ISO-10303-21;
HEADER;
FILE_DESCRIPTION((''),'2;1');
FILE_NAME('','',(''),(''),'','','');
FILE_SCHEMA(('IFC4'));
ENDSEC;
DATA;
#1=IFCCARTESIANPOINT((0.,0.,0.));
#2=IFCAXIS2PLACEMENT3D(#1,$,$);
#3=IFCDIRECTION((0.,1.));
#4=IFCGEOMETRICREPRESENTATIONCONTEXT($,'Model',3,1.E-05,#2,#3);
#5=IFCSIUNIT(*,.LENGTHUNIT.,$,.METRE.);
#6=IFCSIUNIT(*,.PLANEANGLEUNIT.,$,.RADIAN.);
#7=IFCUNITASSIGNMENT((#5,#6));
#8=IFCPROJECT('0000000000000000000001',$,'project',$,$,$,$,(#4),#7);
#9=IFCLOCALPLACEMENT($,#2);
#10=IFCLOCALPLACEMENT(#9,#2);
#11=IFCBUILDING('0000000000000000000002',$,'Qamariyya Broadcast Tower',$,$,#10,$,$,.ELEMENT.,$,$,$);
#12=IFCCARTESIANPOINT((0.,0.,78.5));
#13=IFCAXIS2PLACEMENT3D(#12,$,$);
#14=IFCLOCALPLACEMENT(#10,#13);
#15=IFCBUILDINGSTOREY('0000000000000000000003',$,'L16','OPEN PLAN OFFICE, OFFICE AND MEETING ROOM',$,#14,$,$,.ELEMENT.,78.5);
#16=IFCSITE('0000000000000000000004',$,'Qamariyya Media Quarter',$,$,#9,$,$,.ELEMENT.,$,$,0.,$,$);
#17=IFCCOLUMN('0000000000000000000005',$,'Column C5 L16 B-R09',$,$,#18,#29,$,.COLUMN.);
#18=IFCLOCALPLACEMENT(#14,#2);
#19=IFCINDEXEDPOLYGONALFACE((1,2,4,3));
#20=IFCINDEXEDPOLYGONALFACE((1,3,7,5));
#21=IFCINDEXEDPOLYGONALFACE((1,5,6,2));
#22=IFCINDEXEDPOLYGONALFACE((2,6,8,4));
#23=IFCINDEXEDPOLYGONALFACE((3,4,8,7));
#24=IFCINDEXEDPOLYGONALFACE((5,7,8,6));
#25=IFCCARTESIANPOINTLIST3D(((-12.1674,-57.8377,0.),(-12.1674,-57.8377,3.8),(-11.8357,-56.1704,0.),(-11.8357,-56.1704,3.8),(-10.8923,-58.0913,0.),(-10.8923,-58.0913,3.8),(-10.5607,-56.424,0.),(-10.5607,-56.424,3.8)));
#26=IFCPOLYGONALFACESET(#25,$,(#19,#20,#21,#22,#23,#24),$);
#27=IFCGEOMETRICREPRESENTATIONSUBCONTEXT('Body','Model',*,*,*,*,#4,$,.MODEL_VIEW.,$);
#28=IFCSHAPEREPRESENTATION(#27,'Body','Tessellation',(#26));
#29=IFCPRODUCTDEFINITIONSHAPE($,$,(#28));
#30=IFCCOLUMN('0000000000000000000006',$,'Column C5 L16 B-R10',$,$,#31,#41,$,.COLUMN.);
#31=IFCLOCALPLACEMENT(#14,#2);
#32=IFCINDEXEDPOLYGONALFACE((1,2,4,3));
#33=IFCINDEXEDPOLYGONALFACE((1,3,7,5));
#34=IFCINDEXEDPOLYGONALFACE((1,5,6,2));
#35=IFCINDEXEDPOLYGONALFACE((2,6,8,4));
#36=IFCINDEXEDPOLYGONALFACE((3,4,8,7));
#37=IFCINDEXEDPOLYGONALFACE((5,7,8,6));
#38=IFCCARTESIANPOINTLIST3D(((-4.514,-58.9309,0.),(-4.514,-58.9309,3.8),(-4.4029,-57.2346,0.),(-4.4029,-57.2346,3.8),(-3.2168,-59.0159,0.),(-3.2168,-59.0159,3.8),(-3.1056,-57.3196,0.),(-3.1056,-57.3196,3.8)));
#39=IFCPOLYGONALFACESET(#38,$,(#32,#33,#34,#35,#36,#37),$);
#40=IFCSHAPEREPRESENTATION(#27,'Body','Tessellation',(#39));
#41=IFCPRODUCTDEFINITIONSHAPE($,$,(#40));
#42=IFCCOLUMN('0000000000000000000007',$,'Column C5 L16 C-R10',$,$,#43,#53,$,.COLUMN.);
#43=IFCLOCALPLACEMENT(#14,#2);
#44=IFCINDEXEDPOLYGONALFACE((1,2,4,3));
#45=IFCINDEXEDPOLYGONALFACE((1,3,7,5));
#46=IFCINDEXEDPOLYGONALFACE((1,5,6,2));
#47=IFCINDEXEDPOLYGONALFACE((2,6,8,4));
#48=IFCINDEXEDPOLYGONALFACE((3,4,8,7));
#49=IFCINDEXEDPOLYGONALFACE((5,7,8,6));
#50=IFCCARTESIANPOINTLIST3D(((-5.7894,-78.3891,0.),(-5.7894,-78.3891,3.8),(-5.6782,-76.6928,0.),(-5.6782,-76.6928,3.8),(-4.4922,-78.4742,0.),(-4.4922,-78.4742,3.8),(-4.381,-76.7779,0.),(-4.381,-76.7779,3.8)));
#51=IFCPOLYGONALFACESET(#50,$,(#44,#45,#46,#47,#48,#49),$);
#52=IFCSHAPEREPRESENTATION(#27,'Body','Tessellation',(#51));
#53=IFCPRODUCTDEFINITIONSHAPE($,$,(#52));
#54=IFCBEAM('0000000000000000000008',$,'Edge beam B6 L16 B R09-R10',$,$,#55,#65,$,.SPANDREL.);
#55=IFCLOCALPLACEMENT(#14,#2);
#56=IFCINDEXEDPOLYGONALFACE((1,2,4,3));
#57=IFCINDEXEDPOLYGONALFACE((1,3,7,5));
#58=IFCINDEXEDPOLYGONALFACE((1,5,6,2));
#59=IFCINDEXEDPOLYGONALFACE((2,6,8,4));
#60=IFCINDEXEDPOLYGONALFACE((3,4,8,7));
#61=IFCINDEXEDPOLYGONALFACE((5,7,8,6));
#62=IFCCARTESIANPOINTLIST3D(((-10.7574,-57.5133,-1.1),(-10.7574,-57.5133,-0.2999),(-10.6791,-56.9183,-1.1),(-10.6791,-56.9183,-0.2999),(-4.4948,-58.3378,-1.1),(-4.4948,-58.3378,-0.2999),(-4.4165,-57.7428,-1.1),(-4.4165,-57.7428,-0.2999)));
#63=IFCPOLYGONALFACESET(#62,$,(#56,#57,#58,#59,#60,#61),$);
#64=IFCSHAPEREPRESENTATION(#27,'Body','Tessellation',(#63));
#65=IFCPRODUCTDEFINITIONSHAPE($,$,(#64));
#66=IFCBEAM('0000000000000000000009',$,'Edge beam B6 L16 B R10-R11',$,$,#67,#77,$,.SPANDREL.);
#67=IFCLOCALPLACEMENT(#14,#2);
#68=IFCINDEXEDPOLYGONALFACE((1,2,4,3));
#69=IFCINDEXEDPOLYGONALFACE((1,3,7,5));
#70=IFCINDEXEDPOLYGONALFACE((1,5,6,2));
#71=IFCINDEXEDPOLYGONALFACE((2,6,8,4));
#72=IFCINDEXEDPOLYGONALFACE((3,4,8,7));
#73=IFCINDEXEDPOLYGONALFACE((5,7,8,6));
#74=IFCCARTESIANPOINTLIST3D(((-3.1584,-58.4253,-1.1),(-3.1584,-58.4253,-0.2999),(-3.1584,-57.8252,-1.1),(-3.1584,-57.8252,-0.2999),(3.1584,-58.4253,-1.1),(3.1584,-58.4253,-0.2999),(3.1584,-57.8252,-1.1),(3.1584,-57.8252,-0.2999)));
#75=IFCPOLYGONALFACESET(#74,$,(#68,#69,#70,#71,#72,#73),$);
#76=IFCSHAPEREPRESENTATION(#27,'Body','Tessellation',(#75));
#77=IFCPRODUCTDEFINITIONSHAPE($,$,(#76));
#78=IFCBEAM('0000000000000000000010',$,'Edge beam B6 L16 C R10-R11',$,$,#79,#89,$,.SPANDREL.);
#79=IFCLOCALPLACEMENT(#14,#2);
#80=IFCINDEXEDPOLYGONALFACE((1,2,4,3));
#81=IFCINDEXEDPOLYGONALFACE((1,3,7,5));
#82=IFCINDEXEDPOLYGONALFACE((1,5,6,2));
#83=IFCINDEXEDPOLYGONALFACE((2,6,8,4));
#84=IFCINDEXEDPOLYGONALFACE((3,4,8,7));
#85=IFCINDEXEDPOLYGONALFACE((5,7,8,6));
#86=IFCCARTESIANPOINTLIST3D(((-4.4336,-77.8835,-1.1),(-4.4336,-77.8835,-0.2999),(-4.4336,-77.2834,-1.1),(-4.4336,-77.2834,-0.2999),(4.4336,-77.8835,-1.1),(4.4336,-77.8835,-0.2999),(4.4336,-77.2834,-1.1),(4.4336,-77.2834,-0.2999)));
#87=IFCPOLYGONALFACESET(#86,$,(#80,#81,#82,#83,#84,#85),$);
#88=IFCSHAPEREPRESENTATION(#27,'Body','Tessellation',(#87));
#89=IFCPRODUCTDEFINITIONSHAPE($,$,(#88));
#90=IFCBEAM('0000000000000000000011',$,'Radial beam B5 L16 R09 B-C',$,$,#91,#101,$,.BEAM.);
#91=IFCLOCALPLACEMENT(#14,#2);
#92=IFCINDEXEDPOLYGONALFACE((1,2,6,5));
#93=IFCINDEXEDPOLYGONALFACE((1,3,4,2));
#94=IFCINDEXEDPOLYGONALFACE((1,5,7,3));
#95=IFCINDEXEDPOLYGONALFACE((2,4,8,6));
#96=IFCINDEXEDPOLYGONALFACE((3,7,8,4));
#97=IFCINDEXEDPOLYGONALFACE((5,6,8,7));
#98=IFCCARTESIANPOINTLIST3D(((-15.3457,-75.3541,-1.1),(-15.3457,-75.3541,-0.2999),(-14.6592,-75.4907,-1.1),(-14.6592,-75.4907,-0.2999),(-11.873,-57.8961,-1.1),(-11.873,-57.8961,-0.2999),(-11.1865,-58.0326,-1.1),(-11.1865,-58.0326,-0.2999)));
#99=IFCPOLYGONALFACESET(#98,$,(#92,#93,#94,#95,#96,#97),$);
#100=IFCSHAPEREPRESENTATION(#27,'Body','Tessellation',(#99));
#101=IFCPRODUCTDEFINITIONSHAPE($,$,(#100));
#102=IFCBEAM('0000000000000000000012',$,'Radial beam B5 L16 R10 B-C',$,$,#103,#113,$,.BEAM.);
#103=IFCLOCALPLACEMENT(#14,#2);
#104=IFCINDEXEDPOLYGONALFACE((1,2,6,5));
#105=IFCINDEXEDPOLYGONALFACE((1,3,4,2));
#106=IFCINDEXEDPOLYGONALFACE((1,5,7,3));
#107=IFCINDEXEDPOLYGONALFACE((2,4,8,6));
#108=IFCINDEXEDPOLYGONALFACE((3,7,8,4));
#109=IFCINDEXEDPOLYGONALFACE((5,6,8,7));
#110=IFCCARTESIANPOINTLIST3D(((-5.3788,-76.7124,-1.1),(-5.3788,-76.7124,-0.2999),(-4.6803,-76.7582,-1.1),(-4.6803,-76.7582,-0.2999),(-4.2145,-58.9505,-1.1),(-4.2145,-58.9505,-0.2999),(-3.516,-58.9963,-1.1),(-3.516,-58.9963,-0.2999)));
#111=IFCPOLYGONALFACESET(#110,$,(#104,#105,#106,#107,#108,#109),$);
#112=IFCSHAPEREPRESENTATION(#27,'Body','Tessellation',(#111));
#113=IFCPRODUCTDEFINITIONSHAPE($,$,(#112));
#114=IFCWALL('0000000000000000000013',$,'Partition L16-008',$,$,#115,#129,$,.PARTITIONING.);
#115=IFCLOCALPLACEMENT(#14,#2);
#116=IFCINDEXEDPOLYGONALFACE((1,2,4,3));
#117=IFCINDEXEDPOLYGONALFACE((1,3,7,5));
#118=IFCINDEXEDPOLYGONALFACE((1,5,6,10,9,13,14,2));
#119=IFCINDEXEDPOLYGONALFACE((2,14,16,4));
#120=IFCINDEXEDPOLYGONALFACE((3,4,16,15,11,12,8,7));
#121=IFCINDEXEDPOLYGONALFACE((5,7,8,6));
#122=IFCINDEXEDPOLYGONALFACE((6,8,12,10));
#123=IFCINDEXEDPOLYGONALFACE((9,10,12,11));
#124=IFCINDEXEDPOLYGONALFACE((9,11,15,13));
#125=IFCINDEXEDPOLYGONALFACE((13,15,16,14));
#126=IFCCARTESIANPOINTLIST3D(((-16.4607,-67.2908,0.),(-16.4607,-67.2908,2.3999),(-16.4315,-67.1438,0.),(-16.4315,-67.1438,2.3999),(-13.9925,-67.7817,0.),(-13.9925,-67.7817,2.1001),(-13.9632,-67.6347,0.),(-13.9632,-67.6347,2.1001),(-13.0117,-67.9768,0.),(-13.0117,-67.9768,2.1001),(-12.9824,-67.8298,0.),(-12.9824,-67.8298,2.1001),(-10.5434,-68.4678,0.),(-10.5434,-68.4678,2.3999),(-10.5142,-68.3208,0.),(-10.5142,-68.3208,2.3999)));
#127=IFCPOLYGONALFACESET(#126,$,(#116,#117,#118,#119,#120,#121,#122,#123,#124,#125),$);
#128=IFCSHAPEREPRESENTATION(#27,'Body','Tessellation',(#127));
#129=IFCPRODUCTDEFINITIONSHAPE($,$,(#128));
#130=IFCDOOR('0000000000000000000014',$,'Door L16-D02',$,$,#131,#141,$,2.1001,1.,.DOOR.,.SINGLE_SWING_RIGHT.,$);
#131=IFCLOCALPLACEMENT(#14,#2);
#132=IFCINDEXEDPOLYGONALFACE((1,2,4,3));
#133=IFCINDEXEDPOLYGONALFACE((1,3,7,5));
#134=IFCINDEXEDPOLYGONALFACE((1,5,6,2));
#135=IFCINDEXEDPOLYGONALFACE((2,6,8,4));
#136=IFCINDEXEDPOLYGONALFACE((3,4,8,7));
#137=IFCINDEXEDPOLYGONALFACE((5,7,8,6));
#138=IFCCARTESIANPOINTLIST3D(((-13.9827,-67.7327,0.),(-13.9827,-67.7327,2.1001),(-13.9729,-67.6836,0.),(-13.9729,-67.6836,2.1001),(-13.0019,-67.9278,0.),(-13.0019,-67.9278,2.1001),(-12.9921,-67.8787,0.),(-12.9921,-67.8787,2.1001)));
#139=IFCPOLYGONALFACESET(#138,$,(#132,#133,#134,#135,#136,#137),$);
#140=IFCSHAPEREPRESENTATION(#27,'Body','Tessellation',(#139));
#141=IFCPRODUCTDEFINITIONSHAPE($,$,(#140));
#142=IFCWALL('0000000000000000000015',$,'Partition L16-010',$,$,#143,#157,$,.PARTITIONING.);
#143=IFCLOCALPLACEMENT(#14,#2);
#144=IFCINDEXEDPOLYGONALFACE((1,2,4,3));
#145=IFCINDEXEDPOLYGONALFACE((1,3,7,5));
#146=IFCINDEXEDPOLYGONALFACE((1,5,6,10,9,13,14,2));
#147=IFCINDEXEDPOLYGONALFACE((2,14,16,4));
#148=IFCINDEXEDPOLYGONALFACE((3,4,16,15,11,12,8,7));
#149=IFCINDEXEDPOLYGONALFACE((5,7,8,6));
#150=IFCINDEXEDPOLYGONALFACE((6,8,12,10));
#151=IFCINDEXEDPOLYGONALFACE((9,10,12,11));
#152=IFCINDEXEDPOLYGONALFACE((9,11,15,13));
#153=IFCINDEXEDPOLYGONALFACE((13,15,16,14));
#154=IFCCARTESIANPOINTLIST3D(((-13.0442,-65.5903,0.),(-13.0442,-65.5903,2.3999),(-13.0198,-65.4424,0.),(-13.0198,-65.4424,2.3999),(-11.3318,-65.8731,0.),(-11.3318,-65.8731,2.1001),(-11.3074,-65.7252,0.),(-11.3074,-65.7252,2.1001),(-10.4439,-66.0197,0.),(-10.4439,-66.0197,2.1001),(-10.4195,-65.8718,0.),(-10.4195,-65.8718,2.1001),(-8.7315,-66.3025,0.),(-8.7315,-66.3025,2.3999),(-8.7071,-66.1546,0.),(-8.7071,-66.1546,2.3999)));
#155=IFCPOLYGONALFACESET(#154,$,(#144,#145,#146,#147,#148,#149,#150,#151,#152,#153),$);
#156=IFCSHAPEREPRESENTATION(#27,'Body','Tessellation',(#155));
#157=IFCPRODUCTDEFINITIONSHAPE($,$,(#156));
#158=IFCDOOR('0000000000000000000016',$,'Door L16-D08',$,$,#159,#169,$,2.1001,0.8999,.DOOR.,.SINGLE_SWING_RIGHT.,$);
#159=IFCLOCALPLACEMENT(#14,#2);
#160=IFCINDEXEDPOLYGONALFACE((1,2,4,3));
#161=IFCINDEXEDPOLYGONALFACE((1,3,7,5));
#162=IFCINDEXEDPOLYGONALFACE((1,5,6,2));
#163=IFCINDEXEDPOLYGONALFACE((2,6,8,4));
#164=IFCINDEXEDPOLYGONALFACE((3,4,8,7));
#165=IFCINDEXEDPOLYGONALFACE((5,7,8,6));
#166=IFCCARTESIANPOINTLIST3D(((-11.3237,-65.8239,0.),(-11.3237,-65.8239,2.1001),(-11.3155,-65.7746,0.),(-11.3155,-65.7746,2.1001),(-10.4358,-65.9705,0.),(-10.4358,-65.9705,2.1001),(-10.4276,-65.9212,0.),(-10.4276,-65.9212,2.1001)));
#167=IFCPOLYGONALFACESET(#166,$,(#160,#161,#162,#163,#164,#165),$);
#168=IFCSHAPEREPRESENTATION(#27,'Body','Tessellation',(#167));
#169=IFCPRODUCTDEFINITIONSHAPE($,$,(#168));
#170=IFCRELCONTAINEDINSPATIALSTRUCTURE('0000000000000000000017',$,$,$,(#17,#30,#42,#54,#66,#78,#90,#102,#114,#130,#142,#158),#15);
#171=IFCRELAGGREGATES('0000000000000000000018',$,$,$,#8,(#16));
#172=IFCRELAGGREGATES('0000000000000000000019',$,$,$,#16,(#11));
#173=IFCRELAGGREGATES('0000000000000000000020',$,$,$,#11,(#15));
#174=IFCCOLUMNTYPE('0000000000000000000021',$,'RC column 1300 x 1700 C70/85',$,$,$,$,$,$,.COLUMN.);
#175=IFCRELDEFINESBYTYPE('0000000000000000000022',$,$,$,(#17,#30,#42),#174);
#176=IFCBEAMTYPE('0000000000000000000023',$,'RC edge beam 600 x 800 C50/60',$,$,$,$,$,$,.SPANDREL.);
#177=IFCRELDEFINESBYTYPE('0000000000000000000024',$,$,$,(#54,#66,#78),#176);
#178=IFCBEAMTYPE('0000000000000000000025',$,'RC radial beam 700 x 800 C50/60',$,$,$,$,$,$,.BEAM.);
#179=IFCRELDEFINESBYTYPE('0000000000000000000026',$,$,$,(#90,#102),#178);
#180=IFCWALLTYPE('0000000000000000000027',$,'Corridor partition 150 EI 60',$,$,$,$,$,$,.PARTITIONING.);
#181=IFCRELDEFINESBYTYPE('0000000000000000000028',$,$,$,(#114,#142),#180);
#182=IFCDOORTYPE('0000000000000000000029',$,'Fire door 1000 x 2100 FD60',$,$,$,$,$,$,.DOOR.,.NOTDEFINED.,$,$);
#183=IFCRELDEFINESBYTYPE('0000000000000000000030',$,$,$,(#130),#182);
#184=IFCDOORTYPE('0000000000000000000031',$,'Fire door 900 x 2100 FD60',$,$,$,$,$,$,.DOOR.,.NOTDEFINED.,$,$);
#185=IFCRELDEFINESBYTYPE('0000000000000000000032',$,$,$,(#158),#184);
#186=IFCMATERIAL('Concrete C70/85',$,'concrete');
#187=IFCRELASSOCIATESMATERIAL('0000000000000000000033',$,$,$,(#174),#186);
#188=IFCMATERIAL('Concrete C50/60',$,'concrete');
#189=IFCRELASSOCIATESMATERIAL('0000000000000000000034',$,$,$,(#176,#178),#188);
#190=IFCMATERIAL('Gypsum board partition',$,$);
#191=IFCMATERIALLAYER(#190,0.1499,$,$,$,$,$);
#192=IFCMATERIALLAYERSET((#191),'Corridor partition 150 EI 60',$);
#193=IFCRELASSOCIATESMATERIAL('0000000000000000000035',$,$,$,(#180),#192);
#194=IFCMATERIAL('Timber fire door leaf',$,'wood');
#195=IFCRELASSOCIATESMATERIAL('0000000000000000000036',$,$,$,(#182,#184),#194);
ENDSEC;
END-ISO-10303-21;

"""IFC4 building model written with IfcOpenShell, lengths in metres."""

from ifc_helpers import new_model, si_unit, direction, frame, frame_2d, origin, origin_2d, place, context, subcontext, project, spatial, rectangle, extrude, material, layer, layer_set, material_profile, profile_set, type_object, element, fill, save


model = new_model("IFC4")

# Units and contexts
model_context = context("Model", 3, precision=1e-05, world=origin(), true_north=direction((0.0, 1.0)))
body_context = subcontext(model_context, "Body", "Model", "MODEL_VIEW")
ifc_project = project(units=[si_unit("LENGTHUNIT", "METRE"), si_unit("PLANEANGLEUNIT", "RADIAN")], contexts=[model_context])

# Site, building, storey
site_placement = place(None, origin())
site = spatial("IfcSite", under=ifc_project, at=site_placement, Name="Qamariyya Media Quarter", CompositionType="ELEMENT", RefElevation=0.0)
building_placement = place(site_placement, origin())
building = spatial("IfcBuilding", under=site, at=building_placement, Name="Qamariyya Broadcast Tower", CompositionType="ELEMENT")
storey_placement = place(building_placement, frame((0.0, 0.0, 78.5)))
storey = spatial("IfcBuildingStorey", under=building, at=storey_placement, Name="L16", Description="OPEN PLAN OFFICE, OFFICE AND MEETING ROOM", CompositionType="ELEMENT", Elevation=78.5)

# Columns
ifc_material_1 = material(Name="Concrete C70/85", Category="concrete")
ifc_material_profile_1 = material_profile(ifc_material_1, rectangle(XDim=1.3, YDim=1.7, at=origin_2d()))
ifc_profile_set_1 = profile_set([ifc_material_profile_1], Name="Concrete C70/85")
column_type = type_object("IfcColumnType", Name="RC column 1300 x 1700 C70/85", PredefinedType="COLUMN", material=ifc_profile_set_1)
for number, where, z_axis, x_axis, name in (
    (1, (-11.364, -57.1309, 0.0), (0.0, 0.0, 1.0), (0.980785, -0.19509, 0.0), "Column C5 L16 B-R09"),
    (2, (-3.8098, -58.1252, 0.0), (0.0, 0.0, 1.0), (0.997859, -0.065403, 0.0), "Column C5 L16 B-R10"),
    (3, (-5.0852, -77.5835, 0.0), (0.0, 0.0, 1.0), (0.997859, -0.065403, 0.0), "Column C5 L16 C-R10"),
):
    element("IfcColumn", number, at=place(storey_placement, frame(where, z_axis=z_axis, x_axis=x_axis)), inside=storey, type_object=column_type, Name=name, PredefinedType="COLUMN", context=body_context, shape_type="SweptSolid", body=[
        extrude(rectangle(XDim=1.3, YDim=1.7, at=origin_2d()), origin(), (0.0, 0.0, 1.0), 3.8),
    ])

# Beams
ifc_material_2 = material(Name="Concrete C50/60", Category="concrete")
ifc_material_profile_2 = material_profile(ifc_material_2, rectangle(XDim=0.6001, YDim=0.8, at=origin_2d()))
ifc_profile_set_2 = profile_set([ifc_material_profile_2], Name="Concrete C50/60")
beam_type_1 = type_object("IfcBeamType", Name="RC edge beam 600 x 800 C50/60", PredefinedType="SPANDREL", material=ifc_profile_set_2)
beam_1_placement = place(storey_placement, frame((-10.7183, -57.2158, -0.7), z_axis=(0.991446, -0.13052, 0.0), x_axis=(0.13052, 0.991446, 0.0)))
element("IfcBeam", 4, at=beam_1_placement, inside=storey, type_object=beam_type_1, Name="Edge beam B6 L16 B R09-R10", PredefinedType="SPANDREL", context=body_context, shape_type="SweptSolid", body=[
    extrude(rectangle(XDim=0.6001, YDim=0.8, at=origin_2d()), origin(), (0.0, 0.0, 1.0), 6.3167),
])
beam_2_placement = place(storey_placement, frame((-3.1584, -58.1252, -0.7), z_axis=(1.0, 0.0, 0.0), x_axis=(0.0, 1.0, 0.0)))
element("IfcBeam", 5, at=beam_2_placement, inside=storey, type_object=beam_type_1, Name="Edge beam B6 L16 B R10-R11", PredefinedType="SPANDREL", context=body_context, shape_type="SweptSolid", body=[
    extrude(rectangle(XDim=0.6001, YDim=0.8, at=origin_2d()), origin(), (0.0, 0.0, 1.0), 6.3169),
])
beam_3_placement = place(storey_placement, frame((-4.4336, -77.5835, -0.7), z_axis=(1.0, 0.0, 0.0), x_axis=(0.0, 1.0, 0.0)))
element("IfcBeam", 6, at=beam_3_placement, inside=storey, type_object=beam_type_1, Name="Edge beam B6 L16 C R10-R11", PredefinedType="SPANDREL", context=body_context, shape_type="SweptSolid", body=[
    extrude(rectangle(XDim=0.6001, YDim=0.8, at=origin_2d()), origin(), (0.0, 0.0, 1.0), 8.8672),
])
ifc_material_profile_3 = material_profile(ifc_material_2, rectangle(XDim=0.7, YDim=0.8, at=origin_2d()))
ifc_profile_set_3 = profile_set([ifc_material_profile_3], Name="Concrete C50/60")
beam_type_2 = type_object("IfcBeamType", Name="RC radial beam 700 x 800 C50/60", PredefinedType="BEAM", material=ifc_profile_set_3)
for number, where, z_axis, x_axis, name in (
    (7, (-11.5298, -57.9644, -0.7), (-0.195093, -0.980785, 0.0), (0.980785, -0.195093, 0.0), "Radial beam B5 L16 R09 B-C"),
    (8, (-3.8652, -58.9734, -0.7), (-0.06541, -0.997858, 0.0), (0.997858, -0.06541, 0.0), "Radial beam B5 L16 R10 B-C"),
):
    element("IfcBeam", number, at=place(storey_placement, frame(where, z_axis=z_axis, x_axis=x_axis)), inside=storey, type_object=beam_type_2, Name=name, PredefinedType="BEAM", context=body_context, shape_type="SweptSolid", body=[
        extrude(rectangle(XDim=0.7, YDim=0.8, at=origin_2d()), origin(), (0.0, 0.0, 1.0), 17.8),
    ])

# Walls, openings, doors
ifc_material_3 = material(Name="Gypsum board partition")
ifc_layer_1 = layer(ifc_material_3, 0.1499)
ifc_layer_set_1 = layer_set([ifc_layer_1], Name="Corridor partition 150 EI 60")
wall_type_1 = type_object("IfcWallType", Name="Corridor partition 150 EI 60", PredefinedType="PARTITIONING", material=ifc_layer_set_1)
wall_1_placement = place(storey_placement, frame((-10.5288, -68.3943, 0.0), z_axis=(0.0, 0.0, 1.0), x_axis=(-0.980786, 0.195089, 0.0)))
wall_1 = element("IfcWall", 9, at=wall_1_placement, inside=storey, type_object=wall_type_1, Name="Partition L16-008", PredefinedType="PARTITIONING", context=body_context, shape_type="SweptSolid", body=[
    extrude(rectangle(XDim=6.0332, YDim=0.1499, at=frame_2d((3.0166, 0.0))), origin(), (0.0, 0.0, 1.0), 2.3999),
])
opening_1_placement = place(wall_1_placement, frame((2.5166, 0.0, 0.0)))
opening_1 = element("IfcOpeningElement", 10, at=opening_1_placement, cuts=wall_1, PredefinedType="OPENING", context=body_context, shape_type="SweptSolid", body=[
    extrude(rectangle(XDim=1.0, YDim=2.1001, at=frame_2d((0.5, 1.05))), frame((0.0, 0.085, 0.0), z_axis=(0.0, -1.0, 0.0), x_axis=(1.0, 0.0, 0.0)), (0.0, 0.0, 1.0), 0.1699),
])
ifc_material_4 = material(Name="Timber fire door leaf", Category="wood")
door_type_1 = type_object("IfcDoorType", Name="Fire door 1000 x 2100 FD60", OperationType="NOTDEFINED", PredefinedType="DOOR", material=ifc_material_4)
door_1_placement = place(opening_1_placement, origin())
door_1 = element("IfcDoor", 11, at=door_1_placement, inside=storey, type_object=door_type_1, Name="Door L16-D02", OperationType="SINGLE_SWING_RIGHT", OverallHeight=2.1001, OverallWidth=1.0, PredefinedType="DOOR", context=body_context, shape_type="SweptSolid", body=[
    extrude(rectangle(XDim=1.0, YDim=2.1001, at=frame_2d((0.5, 1.05))), frame((0.0, 0.0249, 0.0), z_axis=(0.0, -1.0, 0.0), x_axis=(1.0, 0.0, 0.0)), (0.0, 0.0, 1.0), 0.05),
])
fill(opening_1, door_1)
wall_2_placement = place(storey_placement, frame((-13.032, -65.5164, 0.0), z_axis=(0.0, 0.0, 1.0), x_axis=(0.986639, -0.162922, 0.0)))
wall_2 = element("IfcWall", 12, at=wall_2_placement, inside=storey, type_object=wall_type_1, Name="Partition L16-010", PredefinedType="PARTITIONING", context=body_context, shape_type="SweptSolid", body=[
    extrude(rectangle(XDim=4.3711, YDim=0.1499, at=frame_2d((2.1855, 0.0))), origin(), (0.0, 0.0, 1.0), 2.3999),
])
opening_2_placement = place(wall_2_placement, frame((1.7356, 0.0, 0.0)))
opening_2 = element("IfcOpeningElement", 13, at=opening_2_placement, cuts=wall_2, PredefinedType="OPENING", context=body_context, shape_type="SweptSolid", body=[
    extrude(rectangle(XDim=0.8999, YDim=2.1001, at=frame_2d((0.45, 1.05))), frame((0.0, 0.085, 0.0), z_axis=(0.0, -1.0, 0.0), x_axis=(1.0, 0.0, 0.0)), (0.0, 0.0, 1.0), 0.1699),
])
door_type_2 = type_object("IfcDoorType", Name="Fire door 900 x 2100 FD60", OperationType="NOTDEFINED", PredefinedType="DOOR", material=ifc_material_4)
door_2_placement = place(opening_2_placement, origin())
door_2 = element("IfcDoor", 14, at=door_2_placement, inside=storey, type_object=door_type_2, Name="Door L16-D08", OperationType="SINGLE_SWING_RIGHT", OverallHeight=2.1001, OverallWidth=0.8999, PredefinedType="DOOR", context=body_context, shape_type="SweptSolid", body=[
    extrude(rectangle(XDim=0.8999, YDim=2.1001, at=frame_2d((0.45, 1.05))), frame((0.0, 0.0249, 0.0), z_axis=(0.0, -1.0, 0.0), x_axis=(1.0, 0.0, 0.0)), (0.0, 0.0, 1.0), 0.05),
])
fill(opening_2, door_2)

save(model, "model.ifc")
